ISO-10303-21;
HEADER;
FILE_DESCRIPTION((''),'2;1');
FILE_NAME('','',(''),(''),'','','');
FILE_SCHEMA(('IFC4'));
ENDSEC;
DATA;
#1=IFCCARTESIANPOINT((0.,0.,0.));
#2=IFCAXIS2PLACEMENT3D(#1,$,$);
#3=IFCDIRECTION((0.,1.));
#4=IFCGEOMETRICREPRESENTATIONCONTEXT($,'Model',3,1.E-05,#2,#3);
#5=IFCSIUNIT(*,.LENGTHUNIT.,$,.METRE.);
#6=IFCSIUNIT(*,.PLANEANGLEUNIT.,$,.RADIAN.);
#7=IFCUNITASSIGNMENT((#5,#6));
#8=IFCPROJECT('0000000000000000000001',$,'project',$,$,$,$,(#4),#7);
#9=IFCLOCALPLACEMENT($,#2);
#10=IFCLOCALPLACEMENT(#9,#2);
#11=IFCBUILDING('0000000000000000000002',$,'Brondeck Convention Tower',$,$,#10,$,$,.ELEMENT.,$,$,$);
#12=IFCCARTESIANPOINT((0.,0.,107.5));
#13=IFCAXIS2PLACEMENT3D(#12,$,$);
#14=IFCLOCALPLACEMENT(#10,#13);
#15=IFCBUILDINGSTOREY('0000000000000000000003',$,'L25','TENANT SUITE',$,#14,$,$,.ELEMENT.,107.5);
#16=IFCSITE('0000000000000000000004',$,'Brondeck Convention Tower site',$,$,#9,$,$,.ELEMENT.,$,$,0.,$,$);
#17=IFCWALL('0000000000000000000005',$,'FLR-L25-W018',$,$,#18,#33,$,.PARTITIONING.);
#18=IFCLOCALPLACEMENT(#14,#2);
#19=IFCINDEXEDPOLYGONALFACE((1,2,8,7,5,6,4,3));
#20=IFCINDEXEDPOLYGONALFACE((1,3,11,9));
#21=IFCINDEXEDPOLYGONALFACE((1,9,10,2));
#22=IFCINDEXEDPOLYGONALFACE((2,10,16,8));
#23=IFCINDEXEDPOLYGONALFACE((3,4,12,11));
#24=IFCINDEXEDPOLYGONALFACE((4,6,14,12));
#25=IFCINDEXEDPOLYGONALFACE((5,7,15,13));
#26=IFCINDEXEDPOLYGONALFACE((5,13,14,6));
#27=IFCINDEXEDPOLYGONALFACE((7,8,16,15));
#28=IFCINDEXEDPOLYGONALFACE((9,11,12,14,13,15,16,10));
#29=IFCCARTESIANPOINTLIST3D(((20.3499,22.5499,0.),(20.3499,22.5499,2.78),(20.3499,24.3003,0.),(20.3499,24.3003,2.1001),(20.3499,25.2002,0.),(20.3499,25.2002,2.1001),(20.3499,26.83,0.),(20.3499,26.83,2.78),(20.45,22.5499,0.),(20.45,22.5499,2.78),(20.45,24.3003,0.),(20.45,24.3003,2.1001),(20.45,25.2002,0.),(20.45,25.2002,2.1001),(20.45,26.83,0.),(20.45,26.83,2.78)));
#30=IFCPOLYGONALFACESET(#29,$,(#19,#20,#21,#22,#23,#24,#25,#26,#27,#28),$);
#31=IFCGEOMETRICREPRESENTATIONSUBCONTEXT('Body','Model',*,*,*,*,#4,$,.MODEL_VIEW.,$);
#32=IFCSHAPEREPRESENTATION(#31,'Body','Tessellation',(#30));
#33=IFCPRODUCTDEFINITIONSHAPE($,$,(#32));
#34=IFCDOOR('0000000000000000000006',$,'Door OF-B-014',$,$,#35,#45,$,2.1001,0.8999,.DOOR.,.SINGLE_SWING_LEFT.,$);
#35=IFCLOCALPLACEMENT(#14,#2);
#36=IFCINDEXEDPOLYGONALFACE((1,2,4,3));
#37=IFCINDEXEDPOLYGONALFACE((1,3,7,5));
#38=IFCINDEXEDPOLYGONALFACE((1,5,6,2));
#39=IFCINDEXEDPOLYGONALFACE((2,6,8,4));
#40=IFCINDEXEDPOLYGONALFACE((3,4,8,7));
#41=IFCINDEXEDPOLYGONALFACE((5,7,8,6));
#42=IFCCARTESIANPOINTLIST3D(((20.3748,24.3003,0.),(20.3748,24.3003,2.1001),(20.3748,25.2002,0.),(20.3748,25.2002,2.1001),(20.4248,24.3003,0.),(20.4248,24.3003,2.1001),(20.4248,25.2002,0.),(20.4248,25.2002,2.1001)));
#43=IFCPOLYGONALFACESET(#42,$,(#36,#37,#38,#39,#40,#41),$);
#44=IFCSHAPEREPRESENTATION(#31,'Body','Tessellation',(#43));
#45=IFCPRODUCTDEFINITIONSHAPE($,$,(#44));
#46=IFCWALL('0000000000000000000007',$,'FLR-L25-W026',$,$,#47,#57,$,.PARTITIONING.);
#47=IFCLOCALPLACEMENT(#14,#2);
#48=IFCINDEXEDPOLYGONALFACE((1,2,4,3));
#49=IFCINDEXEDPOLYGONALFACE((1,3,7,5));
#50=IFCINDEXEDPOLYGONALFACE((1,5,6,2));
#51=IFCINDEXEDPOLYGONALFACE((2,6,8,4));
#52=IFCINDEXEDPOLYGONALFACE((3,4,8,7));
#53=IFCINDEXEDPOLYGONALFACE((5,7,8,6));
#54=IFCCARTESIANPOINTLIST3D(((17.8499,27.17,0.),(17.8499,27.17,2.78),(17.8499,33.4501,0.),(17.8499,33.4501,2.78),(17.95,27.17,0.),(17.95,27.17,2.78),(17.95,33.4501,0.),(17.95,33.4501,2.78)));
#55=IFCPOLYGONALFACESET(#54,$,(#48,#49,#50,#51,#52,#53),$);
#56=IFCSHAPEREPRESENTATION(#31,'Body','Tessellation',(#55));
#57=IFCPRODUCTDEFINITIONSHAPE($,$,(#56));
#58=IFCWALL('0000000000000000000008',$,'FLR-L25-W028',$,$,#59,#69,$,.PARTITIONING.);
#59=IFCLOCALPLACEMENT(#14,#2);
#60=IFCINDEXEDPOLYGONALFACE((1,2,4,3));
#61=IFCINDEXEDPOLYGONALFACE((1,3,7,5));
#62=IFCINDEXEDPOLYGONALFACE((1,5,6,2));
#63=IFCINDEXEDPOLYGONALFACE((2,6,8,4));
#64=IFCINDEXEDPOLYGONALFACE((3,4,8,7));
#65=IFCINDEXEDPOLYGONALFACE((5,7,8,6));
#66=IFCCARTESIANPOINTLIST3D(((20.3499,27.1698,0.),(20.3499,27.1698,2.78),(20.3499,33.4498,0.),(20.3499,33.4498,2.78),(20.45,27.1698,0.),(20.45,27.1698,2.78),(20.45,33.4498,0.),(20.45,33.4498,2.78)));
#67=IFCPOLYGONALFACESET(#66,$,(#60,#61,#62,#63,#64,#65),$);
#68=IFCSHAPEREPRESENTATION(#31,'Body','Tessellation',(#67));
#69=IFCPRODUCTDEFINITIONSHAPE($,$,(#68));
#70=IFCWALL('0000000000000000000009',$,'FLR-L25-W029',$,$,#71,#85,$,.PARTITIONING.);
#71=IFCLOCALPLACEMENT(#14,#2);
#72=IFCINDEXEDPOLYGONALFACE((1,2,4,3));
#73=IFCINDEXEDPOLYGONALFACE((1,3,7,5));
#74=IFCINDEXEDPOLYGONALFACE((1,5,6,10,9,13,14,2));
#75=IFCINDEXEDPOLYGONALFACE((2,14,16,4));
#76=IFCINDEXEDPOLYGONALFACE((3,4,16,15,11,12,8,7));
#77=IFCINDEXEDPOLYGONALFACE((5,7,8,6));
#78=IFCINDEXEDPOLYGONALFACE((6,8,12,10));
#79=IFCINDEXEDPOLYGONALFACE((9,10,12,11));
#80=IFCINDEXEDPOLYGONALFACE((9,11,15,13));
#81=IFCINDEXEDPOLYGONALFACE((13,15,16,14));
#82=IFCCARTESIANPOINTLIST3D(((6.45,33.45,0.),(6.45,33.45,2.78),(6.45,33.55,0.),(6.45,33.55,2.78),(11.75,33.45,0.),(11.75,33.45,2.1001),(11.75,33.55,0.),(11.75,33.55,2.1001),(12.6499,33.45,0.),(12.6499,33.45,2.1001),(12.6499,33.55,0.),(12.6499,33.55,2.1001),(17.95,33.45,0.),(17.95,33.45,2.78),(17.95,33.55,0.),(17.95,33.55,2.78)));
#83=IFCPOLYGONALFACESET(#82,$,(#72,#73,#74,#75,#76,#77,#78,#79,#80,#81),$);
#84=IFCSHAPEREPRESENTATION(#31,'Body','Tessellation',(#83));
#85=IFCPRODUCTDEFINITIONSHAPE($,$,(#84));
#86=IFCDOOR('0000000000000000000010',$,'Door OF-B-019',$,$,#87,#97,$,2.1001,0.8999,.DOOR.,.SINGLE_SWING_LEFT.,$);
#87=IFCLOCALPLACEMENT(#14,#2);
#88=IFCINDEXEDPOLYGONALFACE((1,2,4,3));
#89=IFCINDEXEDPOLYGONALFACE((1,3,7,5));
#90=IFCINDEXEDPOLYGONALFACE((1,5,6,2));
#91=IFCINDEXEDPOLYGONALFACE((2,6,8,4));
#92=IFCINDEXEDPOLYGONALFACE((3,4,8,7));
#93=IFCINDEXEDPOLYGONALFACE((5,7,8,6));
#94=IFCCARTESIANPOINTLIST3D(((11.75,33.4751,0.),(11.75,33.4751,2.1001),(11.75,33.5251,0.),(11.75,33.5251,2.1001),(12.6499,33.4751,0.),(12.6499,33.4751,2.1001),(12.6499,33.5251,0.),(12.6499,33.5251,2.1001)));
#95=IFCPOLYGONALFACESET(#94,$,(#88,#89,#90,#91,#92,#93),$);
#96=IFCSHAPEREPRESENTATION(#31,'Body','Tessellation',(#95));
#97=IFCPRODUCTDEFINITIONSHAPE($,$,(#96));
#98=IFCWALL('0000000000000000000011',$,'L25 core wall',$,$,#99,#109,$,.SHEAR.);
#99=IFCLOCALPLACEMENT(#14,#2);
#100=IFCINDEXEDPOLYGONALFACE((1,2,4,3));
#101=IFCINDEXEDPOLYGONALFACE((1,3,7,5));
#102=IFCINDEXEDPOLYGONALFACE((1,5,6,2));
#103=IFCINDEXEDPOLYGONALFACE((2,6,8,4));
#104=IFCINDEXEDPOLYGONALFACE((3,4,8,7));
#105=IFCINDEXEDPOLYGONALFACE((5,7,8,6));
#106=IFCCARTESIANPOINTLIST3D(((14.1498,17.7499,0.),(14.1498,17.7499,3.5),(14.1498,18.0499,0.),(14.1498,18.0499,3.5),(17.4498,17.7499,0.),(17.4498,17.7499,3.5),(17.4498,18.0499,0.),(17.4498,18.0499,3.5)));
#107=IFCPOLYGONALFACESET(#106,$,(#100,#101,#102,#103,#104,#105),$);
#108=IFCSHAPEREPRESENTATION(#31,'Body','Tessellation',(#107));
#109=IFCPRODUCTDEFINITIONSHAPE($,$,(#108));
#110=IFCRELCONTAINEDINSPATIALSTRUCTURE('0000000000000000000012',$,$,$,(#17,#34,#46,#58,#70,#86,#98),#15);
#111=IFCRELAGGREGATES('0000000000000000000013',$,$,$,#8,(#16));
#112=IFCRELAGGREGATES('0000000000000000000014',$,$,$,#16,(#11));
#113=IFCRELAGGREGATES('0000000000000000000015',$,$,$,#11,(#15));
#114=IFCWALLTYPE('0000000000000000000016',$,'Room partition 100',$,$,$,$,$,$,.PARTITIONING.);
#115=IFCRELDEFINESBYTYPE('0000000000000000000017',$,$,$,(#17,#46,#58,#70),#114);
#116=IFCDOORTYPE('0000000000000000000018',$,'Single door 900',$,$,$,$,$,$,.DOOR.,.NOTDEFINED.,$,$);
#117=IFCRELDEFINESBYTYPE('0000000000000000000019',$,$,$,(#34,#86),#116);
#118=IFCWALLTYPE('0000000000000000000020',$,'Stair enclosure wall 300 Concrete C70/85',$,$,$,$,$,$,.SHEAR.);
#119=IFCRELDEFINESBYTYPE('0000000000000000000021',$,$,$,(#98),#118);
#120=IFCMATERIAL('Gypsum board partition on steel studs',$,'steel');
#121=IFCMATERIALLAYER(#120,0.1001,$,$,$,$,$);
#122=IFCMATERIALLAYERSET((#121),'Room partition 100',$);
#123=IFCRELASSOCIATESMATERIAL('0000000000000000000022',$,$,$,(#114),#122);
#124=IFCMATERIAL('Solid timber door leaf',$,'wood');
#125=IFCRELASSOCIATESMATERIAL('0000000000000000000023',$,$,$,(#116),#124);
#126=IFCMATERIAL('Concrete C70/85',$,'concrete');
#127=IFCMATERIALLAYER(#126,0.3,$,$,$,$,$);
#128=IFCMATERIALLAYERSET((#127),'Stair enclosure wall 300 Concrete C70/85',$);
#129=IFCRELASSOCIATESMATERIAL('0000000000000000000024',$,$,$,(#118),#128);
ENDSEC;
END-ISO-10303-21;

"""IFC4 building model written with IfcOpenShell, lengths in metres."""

from ifc_helpers import new_model, si_unit, direction, frame, frame_2d, origin, place, context, subcontext, project, spatial, rectangle, extrude, material, layer, layer_set, type_object, element, fill, save


model = new_model("IFC4")

# Units and contexts
model_context = context("Model", 3, precision=1e-05, world=origin(), true_north=direction((0.0, 1.0)))
body_context = subcontext(model_context, "Body", "Model", "MODEL_VIEW")
ifc_project = project(units=[si_unit("LENGTHUNIT", "METRE"), si_unit("PLANEANGLEUNIT", "RADIAN")], contexts=[model_context])

# Site, building, storey
site_placement = place(None, origin())
site = spatial("IfcSite", under=ifc_project, at=site_placement, Name="Brondeck Convention Tower site", CompositionType="ELEMENT", RefElevation=0.0)
building_placement = place(site_placement, origin())
building = spatial("IfcBuilding", under=site, at=building_placement, Name="Brondeck Convention Tower", CompositionType="ELEMENT")
storey_placement = place(building_placement, frame((0.0, 0.0, 107.5)))
storey = spatial("IfcBuildingStorey", under=building, at=storey_placement, Name="L25", Description="TENANT SUITE", CompositionType="ELEMENT", Elevation=107.5)

# Shared definitions
ifc_material_1 = material(Name="Concrete C70/85", Category="concrete")

# Shared definitions
ifc_material_2 = material(Name="Gypsum board partition on steel studs", Category="steel")
ifc_layer_1 = layer(ifc_material_2, 0.1001)
ifc_layer_set_1 = layer_set([ifc_layer_1], Name="Room partition 100")
wall_type_1 = type_object("IfcWallType", Name="Room partition 100", PredefinedType="PARTITIONING", material=ifc_layer_set_1)
ifc_material_3 = material(Name="Solid timber door leaf", Category="wood")
door_type_1 = type_object("IfcDoorType", Name="Single door 900", OperationType="NOTDEFINED", PredefinedType="DOOR", material=ifc_material_3)

# Wall, opening, door
wall_1_placement = place(storey_placement, frame((20.3999, 26.8301, 0.0), z_axis=(0.0, 0.0, 1.0), x_axis=(0.0, -1.0, 0.0)))
wall_1 = element("IfcWall", 1, at=wall_1_placement, inside=storey, type_object=wall_type_1, Name="FLR-L25-W018", PredefinedType="PARTITIONING", context=body_context, shape_type="SweptSolid", body=[
    extrude(rectangle(XDim=4.28, YDim=0.1001, at=frame_2d((2.1401, 0.0))), origin(), (0.0, 0.0, 1.0), 2.78),
])
opening_1_placement = place(wall_1_placement, frame((1.6299, 0.0, 0.0)))
opening_1 = element("IfcOpeningElement", 2, at=opening_1_placement, cuts=wall_1, PredefinedType="OPENING", context=body_context, shape_type="SweptSolid", body=[
    extrude(rectangle(XDim=0.8999, YDim=2.1001, at=frame_2d((0.45, 1.05))), frame((0.0, 0.0601, 0.0), z_axis=(0.0, -1.0, 0.0), x_axis=(1.0, 0.0, 0.0)), (0.0, 0.0, 1.0), 0.1201),
])
door_1_placement = place(opening_1_placement, origin())
door_1 = element("IfcDoor", 3, at=door_1_placement, inside=storey, type_object=door_type_1, Name="Door OF-B-014", OperationType="SINGLE_SWING_LEFT", OverallHeight=2.1001, OverallWidth=0.8999, PredefinedType="DOOR", context=body_context, shape_type="SweptSolid", body=[
    extrude(rectangle(XDim=0.8999, YDim=2.1001, at=frame_2d((0.45, 1.05))), frame((0.0, 0.0249, 0.0), z_axis=(0.0, -1.0, 0.0), x_axis=(1.0, 0.0, 0.0)), (0.0, 0.0, 1.0), 0.05),
])
fill(opening_1, door_1)

# Walls
for number, where, z_axis, x_axis, name in (
    (4, (17.8999, 27.1699, 0.0), (0.0, 0.0, 1.0), (0.0, 1.0, 0.0), "FLR-L25-W026"),
    (5, (20.3999, 33.45, 0.0), (0.0, 0.0, 1.0), (0.0, -1.0, 0.0), "FLR-L25-W028"),
):
    element("IfcWall", number, at=place(storey_placement, frame(where, z_axis=z_axis, x_axis=x_axis)), inside=storey, type_object=wall_type_1, Name=name, PredefinedType="PARTITIONING", context=body_context, shape_type="SweptSolid", body=[
        extrude(rectangle(XDim=6.28, YDim=0.1001, at=frame_2d((3.1401, 0.0))), origin(), (0.0, 0.0, 1.0), 2.78),
    ])

# Wall, opening, door
wall_2_placement = place(storey_placement, frame((17.95, 33.5, 0.0), z_axis=(0.0, 0.0, 1.0), x_axis=(-1.0, 0.0, 0.0)))
wall_2 = element("IfcWall", 6, at=wall_2_placement, inside=storey, type_object=wall_type_1, Name="FLR-L25-W029", PredefinedType="PARTITIONING", context=body_context, shape_type="SweptSolid", body=[
    extrude(rectangle(XDim=11.5, YDim=0.1001, at=frame_2d((5.75, 0.0))), origin(), (0.0, 0.0, 1.0), 2.78),
])
opening_2_placement = place(wall_2_placement, frame((5.3, 0.0, 0.0)))
opening_2 = element("IfcOpeningElement", 7, at=opening_2_placement, cuts=wall_2, PredefinedType="OPENING", context=body_context, shape_type="SweptSolid", body=[
    extrude(rectangle(XDim=0.8999, YDim=2.1001, at=frame_2d((0.45, 1.05))), frame((0.0, 0.0601, 0.0), z_axis=(0.0, -1.0, 0.0), x_axis=(1.0, 0.0, 0.0)), (0.0, 0.0, 1.0), 0.1201),
])
door_2_placement = place(opening_2_placement, origin())
door_2 = element("IfcDoor", 8, at=door_2_placement, inside=storey, type_object=door_type_1, Name="Door OF-B-019", OperationType="SINGLE_SWING_LEFT", OverallHeight=2.1001, OverallWidth=0.8999, PredefinedType="DOOR", context=body_context, shape_type="SweptSolid", body=[
    extrude(rectangle(XDim=0.8999, YDim=2.1001, at=frame_2d((0.45, 1.05))), frame((0.0, 0.0249, 0.0), z_axis=(0.0, -1.0, 0.0), x_axis=(1.0, 0.0, 0.0)), (0.0, 0.0, 1.0), 0.05),
])
fill(opening_2, door_2)

# Wall
ifc_layer_2 = layer(ifc_material_1, 0.3)
ifc_layer_set_2 = layer_set([ifc_layer_2], Name="Stair enclosure wall 300 Concrete C70/85")
wall_type_2 = type_object("IfcWallType", Name="Stair enclosure wall 300 Concrete C70/85", PredefinedType="SHEAR", material=ifc_layer_set_2)
wall_3_placement = place(storey_placement, frame((14.1499, 17.8999, 0.0), z_axis=(0.0, 0.0, 1.0), x_axis=(1.0, 0.0, 0.0)))
element("IfcWall", 9, at=wall_3_placement, inside=storey, type_object=wall_type_2, Name="L25 core wall", PredefinedType="SHEAR", context=body_context, shape_type="SweptSolid", body=[
    extrude(rectangle(XDim=3.3, YDim=0.3, at=frame_2d((1.6499, 0.0))), origin(), (0.0, 0.0, 1.0), 3.5),
])

save(model, "model.ifc")
